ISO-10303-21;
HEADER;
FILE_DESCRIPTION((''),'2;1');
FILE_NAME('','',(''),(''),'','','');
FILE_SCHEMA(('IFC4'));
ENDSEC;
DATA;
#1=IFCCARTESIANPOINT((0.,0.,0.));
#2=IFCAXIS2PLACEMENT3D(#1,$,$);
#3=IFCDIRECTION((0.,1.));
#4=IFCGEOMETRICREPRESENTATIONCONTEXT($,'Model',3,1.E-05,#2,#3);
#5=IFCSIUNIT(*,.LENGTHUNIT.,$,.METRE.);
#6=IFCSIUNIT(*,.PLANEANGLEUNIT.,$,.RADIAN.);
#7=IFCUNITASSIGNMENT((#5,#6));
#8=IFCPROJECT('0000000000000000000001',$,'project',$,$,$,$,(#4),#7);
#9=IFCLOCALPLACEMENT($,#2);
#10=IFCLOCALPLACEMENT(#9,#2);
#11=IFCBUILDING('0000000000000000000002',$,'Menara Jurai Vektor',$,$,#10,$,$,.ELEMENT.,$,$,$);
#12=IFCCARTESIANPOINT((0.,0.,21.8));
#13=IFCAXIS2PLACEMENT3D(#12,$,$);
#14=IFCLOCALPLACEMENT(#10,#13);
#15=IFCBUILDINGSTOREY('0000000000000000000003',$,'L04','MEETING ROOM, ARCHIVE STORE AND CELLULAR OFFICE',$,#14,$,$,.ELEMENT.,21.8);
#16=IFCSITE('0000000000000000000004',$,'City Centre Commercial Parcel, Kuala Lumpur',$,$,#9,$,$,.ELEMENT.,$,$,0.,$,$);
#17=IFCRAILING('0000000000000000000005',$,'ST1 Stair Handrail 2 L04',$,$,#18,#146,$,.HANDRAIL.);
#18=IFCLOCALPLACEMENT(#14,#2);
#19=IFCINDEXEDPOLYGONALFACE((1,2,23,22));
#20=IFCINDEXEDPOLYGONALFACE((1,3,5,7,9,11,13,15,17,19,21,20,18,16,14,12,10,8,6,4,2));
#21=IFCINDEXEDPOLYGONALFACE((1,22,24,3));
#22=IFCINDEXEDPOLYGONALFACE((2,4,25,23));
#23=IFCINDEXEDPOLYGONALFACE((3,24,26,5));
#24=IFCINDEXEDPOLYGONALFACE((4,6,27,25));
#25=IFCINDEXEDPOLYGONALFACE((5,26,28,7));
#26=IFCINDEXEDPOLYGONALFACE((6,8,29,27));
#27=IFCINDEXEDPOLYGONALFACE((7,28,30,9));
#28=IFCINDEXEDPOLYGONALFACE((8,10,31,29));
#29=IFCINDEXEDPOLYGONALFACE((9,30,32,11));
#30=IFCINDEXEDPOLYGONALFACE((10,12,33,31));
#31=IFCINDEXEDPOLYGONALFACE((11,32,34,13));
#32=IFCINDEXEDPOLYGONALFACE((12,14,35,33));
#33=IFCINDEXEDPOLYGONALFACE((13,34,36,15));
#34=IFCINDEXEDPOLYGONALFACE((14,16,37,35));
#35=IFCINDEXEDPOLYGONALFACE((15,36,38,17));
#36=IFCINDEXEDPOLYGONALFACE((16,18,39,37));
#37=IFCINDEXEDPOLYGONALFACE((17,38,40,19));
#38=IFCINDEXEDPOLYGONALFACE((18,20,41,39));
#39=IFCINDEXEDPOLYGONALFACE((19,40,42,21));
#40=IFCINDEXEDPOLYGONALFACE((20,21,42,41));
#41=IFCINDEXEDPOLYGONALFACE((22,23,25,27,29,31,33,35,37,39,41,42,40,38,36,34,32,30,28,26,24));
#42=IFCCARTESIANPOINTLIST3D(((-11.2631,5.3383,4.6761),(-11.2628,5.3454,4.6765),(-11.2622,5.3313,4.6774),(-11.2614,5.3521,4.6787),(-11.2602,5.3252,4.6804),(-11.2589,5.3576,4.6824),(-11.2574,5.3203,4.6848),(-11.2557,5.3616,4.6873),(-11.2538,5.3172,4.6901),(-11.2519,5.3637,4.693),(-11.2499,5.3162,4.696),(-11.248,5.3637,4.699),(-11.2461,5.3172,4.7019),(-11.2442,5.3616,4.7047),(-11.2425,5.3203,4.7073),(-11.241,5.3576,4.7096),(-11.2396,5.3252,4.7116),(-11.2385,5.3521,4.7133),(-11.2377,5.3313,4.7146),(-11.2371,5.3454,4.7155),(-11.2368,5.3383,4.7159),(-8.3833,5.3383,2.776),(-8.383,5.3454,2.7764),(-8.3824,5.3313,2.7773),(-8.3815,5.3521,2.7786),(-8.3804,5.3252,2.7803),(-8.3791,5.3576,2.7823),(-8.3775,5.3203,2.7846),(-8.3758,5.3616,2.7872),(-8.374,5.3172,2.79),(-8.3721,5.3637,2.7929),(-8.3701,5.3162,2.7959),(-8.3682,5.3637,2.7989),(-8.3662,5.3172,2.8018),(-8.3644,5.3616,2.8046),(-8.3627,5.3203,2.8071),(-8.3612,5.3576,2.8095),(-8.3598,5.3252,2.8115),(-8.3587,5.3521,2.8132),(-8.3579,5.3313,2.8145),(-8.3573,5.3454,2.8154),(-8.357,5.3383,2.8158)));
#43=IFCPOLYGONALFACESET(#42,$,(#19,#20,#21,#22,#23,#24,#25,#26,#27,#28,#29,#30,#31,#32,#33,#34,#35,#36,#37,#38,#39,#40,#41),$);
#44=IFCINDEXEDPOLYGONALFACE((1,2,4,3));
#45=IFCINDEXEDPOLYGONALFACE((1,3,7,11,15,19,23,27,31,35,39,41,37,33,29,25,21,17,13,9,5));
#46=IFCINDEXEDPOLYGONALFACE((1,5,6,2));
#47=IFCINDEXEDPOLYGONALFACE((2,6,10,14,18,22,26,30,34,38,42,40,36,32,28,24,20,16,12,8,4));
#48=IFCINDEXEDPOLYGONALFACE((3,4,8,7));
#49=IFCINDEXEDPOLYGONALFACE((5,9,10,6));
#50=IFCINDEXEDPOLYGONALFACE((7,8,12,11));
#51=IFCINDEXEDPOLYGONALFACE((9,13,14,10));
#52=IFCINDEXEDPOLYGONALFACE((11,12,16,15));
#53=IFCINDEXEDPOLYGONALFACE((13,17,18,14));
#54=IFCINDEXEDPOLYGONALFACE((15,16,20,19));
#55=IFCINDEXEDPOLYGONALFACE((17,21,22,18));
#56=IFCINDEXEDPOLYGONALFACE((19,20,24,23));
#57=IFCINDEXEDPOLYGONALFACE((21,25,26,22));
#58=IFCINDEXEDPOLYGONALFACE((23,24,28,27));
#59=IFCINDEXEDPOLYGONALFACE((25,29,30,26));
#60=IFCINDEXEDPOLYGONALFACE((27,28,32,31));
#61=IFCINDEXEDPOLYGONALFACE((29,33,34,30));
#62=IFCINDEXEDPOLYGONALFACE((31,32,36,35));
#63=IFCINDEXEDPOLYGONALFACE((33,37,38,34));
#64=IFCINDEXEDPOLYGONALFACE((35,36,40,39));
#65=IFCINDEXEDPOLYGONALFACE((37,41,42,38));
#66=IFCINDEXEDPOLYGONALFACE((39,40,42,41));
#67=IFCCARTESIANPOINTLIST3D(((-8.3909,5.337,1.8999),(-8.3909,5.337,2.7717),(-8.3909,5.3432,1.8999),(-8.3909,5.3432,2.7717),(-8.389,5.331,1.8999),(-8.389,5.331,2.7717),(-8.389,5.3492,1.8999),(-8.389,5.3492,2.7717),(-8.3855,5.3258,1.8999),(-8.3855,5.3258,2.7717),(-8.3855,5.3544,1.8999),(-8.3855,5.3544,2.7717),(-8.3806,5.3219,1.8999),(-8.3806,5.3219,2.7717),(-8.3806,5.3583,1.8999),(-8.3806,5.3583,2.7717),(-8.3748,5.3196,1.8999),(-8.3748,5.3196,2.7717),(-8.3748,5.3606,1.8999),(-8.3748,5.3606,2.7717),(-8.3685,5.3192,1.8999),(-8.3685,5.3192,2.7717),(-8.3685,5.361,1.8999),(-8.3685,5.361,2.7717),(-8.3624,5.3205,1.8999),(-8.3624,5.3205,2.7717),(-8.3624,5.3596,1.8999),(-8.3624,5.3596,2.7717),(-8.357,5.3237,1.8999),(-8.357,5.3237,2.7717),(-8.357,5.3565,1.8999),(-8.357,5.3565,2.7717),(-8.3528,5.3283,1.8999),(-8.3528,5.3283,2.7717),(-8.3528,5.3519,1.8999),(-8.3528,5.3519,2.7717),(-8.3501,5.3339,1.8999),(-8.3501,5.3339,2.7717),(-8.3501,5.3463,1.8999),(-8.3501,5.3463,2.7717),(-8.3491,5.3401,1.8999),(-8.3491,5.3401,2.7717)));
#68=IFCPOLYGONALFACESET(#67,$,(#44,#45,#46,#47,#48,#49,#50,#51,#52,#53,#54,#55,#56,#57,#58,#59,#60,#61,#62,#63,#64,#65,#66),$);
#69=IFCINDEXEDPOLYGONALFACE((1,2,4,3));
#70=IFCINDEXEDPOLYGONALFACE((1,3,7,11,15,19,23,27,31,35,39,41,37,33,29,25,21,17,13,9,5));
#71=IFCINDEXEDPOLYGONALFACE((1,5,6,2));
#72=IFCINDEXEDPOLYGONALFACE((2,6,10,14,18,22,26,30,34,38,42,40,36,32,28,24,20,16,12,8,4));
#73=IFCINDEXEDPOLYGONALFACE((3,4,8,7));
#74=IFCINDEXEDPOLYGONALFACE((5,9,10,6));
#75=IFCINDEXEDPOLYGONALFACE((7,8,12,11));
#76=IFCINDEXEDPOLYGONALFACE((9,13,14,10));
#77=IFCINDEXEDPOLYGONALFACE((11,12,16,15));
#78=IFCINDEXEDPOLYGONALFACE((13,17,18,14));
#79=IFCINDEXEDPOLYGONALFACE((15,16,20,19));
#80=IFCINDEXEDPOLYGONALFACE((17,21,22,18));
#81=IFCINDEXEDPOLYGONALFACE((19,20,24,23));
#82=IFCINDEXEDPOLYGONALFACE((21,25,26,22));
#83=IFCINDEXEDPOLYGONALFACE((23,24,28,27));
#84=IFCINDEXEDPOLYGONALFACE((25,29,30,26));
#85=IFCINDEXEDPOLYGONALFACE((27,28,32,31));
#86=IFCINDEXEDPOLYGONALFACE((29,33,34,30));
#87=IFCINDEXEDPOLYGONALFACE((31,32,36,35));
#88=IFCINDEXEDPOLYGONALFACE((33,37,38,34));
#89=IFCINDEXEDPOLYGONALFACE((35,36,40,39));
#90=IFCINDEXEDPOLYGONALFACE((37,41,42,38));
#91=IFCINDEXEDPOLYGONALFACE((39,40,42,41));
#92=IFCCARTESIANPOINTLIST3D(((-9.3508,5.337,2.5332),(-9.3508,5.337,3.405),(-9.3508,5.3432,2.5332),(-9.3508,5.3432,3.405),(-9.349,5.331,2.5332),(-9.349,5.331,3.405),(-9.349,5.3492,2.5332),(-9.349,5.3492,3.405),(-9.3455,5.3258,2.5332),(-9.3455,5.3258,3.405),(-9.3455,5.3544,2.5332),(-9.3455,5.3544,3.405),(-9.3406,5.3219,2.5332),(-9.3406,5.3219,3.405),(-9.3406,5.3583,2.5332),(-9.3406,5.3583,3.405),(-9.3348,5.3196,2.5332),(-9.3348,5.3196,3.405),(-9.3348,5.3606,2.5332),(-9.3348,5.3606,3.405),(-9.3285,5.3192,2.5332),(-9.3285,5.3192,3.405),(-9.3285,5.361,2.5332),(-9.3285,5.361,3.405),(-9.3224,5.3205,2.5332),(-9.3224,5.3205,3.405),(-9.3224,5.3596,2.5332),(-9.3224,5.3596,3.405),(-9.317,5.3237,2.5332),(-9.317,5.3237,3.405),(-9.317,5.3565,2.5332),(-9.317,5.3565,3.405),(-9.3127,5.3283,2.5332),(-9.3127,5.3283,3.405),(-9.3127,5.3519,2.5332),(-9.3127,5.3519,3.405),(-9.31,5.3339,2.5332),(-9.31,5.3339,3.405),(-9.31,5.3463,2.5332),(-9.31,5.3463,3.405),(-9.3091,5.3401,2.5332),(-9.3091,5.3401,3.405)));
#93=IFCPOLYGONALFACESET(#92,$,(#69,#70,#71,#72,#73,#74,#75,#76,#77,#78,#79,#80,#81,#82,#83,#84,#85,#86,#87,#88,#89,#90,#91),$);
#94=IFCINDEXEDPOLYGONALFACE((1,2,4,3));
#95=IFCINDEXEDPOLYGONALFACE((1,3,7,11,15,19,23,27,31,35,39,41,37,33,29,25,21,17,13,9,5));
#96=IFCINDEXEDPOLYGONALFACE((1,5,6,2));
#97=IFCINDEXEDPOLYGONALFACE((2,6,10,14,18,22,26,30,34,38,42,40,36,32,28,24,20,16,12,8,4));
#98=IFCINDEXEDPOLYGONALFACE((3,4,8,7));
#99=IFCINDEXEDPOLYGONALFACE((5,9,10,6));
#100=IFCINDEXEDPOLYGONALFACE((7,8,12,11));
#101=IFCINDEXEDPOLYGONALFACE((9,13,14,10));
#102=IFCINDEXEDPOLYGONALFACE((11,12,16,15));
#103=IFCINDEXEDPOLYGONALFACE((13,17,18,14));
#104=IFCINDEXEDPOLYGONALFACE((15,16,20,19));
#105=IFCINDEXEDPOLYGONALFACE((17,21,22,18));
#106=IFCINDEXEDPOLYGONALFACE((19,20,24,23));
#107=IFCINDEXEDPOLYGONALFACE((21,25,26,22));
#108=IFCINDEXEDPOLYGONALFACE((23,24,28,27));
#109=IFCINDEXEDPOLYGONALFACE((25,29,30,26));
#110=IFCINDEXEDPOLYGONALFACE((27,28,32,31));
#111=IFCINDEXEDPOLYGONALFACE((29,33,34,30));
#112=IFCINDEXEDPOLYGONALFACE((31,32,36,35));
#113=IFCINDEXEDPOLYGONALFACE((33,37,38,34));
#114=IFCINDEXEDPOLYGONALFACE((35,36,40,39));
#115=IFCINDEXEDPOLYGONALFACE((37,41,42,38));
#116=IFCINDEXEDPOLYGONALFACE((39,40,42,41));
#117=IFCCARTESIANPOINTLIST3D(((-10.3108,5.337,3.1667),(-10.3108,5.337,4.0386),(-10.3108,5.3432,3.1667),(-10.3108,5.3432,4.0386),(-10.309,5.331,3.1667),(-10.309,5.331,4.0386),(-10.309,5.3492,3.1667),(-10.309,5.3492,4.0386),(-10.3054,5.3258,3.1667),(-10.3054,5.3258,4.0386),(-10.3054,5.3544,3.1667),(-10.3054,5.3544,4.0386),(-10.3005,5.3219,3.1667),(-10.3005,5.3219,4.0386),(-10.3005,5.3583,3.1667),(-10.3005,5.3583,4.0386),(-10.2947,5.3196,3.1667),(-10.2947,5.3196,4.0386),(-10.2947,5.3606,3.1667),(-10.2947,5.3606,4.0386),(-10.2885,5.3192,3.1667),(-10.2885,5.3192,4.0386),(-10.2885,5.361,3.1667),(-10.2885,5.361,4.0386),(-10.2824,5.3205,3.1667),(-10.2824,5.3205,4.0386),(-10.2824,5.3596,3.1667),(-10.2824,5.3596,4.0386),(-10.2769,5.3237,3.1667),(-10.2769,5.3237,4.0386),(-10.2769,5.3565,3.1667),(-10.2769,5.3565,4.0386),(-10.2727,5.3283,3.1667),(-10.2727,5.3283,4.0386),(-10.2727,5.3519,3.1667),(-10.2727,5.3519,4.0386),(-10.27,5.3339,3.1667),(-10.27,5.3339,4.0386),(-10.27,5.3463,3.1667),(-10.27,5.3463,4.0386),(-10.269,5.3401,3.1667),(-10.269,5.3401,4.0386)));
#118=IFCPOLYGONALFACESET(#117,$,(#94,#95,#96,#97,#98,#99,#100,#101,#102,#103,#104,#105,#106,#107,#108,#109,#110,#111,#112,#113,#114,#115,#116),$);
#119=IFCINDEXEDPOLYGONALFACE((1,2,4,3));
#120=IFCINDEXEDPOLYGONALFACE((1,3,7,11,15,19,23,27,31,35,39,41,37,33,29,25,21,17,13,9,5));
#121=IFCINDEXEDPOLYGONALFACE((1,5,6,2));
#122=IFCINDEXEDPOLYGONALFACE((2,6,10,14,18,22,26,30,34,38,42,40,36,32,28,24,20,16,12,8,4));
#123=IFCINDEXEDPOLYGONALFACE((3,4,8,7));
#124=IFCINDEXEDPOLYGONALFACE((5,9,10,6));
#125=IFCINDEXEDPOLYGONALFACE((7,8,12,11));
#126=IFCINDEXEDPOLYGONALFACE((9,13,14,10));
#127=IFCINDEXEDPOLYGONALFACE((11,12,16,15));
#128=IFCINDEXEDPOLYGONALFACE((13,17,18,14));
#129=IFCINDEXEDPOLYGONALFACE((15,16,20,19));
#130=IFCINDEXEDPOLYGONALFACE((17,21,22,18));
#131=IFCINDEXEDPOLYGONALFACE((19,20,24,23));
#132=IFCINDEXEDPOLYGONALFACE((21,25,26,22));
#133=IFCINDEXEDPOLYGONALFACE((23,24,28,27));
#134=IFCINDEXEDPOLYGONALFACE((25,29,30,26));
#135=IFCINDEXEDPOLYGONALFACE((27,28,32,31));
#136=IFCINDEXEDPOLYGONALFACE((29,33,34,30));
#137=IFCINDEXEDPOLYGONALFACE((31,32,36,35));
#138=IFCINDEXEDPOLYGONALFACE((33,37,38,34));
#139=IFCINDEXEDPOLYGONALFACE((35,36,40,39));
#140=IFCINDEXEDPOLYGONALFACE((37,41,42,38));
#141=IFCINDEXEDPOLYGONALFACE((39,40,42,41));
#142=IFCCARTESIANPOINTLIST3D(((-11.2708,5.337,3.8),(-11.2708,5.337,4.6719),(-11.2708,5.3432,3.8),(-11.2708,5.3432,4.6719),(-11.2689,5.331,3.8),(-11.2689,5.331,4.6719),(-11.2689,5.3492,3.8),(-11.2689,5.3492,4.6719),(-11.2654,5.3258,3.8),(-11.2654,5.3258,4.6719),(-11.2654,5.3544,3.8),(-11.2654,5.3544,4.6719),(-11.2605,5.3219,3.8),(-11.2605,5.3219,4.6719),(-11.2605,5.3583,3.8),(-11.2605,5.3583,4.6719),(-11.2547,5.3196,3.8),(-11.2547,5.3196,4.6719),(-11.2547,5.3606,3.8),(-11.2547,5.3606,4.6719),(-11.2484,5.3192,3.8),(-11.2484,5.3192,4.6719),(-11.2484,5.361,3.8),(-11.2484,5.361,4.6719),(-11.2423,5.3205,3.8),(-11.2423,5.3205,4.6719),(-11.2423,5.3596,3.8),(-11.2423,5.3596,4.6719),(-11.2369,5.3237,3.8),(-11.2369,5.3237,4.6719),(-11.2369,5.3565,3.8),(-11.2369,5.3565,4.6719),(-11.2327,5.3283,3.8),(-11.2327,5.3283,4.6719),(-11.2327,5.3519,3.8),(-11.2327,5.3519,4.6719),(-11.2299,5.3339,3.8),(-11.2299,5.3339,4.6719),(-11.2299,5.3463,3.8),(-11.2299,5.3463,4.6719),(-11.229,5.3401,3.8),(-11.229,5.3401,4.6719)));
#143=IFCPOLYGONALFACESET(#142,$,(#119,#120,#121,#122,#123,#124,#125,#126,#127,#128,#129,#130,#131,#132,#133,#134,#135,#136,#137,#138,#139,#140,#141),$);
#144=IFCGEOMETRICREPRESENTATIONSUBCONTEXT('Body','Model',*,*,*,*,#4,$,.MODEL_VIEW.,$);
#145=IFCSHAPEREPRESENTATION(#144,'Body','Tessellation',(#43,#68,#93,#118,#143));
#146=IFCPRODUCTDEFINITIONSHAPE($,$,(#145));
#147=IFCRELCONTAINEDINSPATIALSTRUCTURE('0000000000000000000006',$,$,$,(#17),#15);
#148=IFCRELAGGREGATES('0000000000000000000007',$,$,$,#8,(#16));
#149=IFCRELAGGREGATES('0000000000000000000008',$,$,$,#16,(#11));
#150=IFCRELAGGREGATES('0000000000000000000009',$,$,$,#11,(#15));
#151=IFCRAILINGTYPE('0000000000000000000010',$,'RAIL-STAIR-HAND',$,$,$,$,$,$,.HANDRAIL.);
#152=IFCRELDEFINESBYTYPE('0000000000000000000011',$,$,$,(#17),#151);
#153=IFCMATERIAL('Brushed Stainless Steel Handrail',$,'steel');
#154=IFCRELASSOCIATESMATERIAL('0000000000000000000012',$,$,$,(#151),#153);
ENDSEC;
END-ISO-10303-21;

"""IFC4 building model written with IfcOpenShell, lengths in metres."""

from ifc_helpers import new_model, si_unit, direction, frame, origin, origin_2d, place, context, subcontext, project, spatial, circle, extrude, material, type_object, element, save


model = new_model("IFC4")

# Units and contexts
model_context = context("Model", 3, precision=1e-05, world=origin(), true_north=direction((0.0, 1.0)))
body_context = subcontext(model_context, "Body", "Model", "MODEL_VIEW")
ifc_project = project(units=[si_unit("LENGTHUNIT", "METRE"), si_unit("PLANEANGLEUNIT", "RADIAN")], contexts=[model_context])

# Site, building, storey
site_placement = place(None, origin())
site = spatial("IfcSite", under=ifc_project, at=site_placement, Name="City Centre Commercial Parcel, Kuala Lumpur", CompositionType="ELEMENT", RefElevation=0.0)
building_placement = place(site_placement, origin())
building = spatial("IfcBuilding", under=site, at=building_placement, Name="Menara Jurai Vektor", CompositionType="ELEMENT")
storey_placement = place(building_placement, frame((0.0, 0.0, 21.8)))
storey = spatial("IfcBuildingStorey", under=building, at=storey_placement, Name="L04", Description="MEETING ROOM, ARCHIVE STORE AND CELLULAR OFFICE", CompositionType="ELEMENT", Elevation=21.8)

# Railing
ifc_material_1 = material(Name="Brushed Stainless Steel Handrail", Category="steel")
railing_type_1 = type_object("IfcRailingType", Name="RAIL-STAIR-HAND", PredefinedType="HANDRAIL", material=ifc_material_1)
railing_1_placement = place(storey_placement, frame((-8.3701, 5.3401, 1.8999)))
element("IfcRailing", 1, at=railing_1_placement, inside=storey, type_object=railing_type_1, Name="ST1 Stair Handrail 2 L04", PredefinedType="HANDRAIL", context=body_context, shape_type="SweptSolid", body=[
    extrude(circle(Radius=0.0239, at=origin_2d()), frame((0.0, 0.0, 0.896), z_axis=(-0.834686, 0.0, 0.550726), x_axis=(0.0, -1.0, 0.0)), (0.0, 0.0, 1.0), 3.4502),
    extrude(circle(Radius=0.021, at=origin_2d()), origin(), (0.0, 0.0, 1.0), 0.8718),
    extrude(circle(Radius=0.021, at=origin_2d()), frame((-0.96, 0.0, 0.6333)), (0.0, 0.0, 1.0), 0.8718),
    extrude(circle(Radius=0.021, at=origin_2d()), frame((-1.9199, 0.0, 1.2668)), (0.0, 0.0, 1.0), 0.8718),
    extrude(circle(Radius=0.021, at=origin_2d()), frame((-2.8799, 0.0, 1.9001)), (0.0, 0.0, 1.0), 0.8718),
])

save(model, "model.ifc")
